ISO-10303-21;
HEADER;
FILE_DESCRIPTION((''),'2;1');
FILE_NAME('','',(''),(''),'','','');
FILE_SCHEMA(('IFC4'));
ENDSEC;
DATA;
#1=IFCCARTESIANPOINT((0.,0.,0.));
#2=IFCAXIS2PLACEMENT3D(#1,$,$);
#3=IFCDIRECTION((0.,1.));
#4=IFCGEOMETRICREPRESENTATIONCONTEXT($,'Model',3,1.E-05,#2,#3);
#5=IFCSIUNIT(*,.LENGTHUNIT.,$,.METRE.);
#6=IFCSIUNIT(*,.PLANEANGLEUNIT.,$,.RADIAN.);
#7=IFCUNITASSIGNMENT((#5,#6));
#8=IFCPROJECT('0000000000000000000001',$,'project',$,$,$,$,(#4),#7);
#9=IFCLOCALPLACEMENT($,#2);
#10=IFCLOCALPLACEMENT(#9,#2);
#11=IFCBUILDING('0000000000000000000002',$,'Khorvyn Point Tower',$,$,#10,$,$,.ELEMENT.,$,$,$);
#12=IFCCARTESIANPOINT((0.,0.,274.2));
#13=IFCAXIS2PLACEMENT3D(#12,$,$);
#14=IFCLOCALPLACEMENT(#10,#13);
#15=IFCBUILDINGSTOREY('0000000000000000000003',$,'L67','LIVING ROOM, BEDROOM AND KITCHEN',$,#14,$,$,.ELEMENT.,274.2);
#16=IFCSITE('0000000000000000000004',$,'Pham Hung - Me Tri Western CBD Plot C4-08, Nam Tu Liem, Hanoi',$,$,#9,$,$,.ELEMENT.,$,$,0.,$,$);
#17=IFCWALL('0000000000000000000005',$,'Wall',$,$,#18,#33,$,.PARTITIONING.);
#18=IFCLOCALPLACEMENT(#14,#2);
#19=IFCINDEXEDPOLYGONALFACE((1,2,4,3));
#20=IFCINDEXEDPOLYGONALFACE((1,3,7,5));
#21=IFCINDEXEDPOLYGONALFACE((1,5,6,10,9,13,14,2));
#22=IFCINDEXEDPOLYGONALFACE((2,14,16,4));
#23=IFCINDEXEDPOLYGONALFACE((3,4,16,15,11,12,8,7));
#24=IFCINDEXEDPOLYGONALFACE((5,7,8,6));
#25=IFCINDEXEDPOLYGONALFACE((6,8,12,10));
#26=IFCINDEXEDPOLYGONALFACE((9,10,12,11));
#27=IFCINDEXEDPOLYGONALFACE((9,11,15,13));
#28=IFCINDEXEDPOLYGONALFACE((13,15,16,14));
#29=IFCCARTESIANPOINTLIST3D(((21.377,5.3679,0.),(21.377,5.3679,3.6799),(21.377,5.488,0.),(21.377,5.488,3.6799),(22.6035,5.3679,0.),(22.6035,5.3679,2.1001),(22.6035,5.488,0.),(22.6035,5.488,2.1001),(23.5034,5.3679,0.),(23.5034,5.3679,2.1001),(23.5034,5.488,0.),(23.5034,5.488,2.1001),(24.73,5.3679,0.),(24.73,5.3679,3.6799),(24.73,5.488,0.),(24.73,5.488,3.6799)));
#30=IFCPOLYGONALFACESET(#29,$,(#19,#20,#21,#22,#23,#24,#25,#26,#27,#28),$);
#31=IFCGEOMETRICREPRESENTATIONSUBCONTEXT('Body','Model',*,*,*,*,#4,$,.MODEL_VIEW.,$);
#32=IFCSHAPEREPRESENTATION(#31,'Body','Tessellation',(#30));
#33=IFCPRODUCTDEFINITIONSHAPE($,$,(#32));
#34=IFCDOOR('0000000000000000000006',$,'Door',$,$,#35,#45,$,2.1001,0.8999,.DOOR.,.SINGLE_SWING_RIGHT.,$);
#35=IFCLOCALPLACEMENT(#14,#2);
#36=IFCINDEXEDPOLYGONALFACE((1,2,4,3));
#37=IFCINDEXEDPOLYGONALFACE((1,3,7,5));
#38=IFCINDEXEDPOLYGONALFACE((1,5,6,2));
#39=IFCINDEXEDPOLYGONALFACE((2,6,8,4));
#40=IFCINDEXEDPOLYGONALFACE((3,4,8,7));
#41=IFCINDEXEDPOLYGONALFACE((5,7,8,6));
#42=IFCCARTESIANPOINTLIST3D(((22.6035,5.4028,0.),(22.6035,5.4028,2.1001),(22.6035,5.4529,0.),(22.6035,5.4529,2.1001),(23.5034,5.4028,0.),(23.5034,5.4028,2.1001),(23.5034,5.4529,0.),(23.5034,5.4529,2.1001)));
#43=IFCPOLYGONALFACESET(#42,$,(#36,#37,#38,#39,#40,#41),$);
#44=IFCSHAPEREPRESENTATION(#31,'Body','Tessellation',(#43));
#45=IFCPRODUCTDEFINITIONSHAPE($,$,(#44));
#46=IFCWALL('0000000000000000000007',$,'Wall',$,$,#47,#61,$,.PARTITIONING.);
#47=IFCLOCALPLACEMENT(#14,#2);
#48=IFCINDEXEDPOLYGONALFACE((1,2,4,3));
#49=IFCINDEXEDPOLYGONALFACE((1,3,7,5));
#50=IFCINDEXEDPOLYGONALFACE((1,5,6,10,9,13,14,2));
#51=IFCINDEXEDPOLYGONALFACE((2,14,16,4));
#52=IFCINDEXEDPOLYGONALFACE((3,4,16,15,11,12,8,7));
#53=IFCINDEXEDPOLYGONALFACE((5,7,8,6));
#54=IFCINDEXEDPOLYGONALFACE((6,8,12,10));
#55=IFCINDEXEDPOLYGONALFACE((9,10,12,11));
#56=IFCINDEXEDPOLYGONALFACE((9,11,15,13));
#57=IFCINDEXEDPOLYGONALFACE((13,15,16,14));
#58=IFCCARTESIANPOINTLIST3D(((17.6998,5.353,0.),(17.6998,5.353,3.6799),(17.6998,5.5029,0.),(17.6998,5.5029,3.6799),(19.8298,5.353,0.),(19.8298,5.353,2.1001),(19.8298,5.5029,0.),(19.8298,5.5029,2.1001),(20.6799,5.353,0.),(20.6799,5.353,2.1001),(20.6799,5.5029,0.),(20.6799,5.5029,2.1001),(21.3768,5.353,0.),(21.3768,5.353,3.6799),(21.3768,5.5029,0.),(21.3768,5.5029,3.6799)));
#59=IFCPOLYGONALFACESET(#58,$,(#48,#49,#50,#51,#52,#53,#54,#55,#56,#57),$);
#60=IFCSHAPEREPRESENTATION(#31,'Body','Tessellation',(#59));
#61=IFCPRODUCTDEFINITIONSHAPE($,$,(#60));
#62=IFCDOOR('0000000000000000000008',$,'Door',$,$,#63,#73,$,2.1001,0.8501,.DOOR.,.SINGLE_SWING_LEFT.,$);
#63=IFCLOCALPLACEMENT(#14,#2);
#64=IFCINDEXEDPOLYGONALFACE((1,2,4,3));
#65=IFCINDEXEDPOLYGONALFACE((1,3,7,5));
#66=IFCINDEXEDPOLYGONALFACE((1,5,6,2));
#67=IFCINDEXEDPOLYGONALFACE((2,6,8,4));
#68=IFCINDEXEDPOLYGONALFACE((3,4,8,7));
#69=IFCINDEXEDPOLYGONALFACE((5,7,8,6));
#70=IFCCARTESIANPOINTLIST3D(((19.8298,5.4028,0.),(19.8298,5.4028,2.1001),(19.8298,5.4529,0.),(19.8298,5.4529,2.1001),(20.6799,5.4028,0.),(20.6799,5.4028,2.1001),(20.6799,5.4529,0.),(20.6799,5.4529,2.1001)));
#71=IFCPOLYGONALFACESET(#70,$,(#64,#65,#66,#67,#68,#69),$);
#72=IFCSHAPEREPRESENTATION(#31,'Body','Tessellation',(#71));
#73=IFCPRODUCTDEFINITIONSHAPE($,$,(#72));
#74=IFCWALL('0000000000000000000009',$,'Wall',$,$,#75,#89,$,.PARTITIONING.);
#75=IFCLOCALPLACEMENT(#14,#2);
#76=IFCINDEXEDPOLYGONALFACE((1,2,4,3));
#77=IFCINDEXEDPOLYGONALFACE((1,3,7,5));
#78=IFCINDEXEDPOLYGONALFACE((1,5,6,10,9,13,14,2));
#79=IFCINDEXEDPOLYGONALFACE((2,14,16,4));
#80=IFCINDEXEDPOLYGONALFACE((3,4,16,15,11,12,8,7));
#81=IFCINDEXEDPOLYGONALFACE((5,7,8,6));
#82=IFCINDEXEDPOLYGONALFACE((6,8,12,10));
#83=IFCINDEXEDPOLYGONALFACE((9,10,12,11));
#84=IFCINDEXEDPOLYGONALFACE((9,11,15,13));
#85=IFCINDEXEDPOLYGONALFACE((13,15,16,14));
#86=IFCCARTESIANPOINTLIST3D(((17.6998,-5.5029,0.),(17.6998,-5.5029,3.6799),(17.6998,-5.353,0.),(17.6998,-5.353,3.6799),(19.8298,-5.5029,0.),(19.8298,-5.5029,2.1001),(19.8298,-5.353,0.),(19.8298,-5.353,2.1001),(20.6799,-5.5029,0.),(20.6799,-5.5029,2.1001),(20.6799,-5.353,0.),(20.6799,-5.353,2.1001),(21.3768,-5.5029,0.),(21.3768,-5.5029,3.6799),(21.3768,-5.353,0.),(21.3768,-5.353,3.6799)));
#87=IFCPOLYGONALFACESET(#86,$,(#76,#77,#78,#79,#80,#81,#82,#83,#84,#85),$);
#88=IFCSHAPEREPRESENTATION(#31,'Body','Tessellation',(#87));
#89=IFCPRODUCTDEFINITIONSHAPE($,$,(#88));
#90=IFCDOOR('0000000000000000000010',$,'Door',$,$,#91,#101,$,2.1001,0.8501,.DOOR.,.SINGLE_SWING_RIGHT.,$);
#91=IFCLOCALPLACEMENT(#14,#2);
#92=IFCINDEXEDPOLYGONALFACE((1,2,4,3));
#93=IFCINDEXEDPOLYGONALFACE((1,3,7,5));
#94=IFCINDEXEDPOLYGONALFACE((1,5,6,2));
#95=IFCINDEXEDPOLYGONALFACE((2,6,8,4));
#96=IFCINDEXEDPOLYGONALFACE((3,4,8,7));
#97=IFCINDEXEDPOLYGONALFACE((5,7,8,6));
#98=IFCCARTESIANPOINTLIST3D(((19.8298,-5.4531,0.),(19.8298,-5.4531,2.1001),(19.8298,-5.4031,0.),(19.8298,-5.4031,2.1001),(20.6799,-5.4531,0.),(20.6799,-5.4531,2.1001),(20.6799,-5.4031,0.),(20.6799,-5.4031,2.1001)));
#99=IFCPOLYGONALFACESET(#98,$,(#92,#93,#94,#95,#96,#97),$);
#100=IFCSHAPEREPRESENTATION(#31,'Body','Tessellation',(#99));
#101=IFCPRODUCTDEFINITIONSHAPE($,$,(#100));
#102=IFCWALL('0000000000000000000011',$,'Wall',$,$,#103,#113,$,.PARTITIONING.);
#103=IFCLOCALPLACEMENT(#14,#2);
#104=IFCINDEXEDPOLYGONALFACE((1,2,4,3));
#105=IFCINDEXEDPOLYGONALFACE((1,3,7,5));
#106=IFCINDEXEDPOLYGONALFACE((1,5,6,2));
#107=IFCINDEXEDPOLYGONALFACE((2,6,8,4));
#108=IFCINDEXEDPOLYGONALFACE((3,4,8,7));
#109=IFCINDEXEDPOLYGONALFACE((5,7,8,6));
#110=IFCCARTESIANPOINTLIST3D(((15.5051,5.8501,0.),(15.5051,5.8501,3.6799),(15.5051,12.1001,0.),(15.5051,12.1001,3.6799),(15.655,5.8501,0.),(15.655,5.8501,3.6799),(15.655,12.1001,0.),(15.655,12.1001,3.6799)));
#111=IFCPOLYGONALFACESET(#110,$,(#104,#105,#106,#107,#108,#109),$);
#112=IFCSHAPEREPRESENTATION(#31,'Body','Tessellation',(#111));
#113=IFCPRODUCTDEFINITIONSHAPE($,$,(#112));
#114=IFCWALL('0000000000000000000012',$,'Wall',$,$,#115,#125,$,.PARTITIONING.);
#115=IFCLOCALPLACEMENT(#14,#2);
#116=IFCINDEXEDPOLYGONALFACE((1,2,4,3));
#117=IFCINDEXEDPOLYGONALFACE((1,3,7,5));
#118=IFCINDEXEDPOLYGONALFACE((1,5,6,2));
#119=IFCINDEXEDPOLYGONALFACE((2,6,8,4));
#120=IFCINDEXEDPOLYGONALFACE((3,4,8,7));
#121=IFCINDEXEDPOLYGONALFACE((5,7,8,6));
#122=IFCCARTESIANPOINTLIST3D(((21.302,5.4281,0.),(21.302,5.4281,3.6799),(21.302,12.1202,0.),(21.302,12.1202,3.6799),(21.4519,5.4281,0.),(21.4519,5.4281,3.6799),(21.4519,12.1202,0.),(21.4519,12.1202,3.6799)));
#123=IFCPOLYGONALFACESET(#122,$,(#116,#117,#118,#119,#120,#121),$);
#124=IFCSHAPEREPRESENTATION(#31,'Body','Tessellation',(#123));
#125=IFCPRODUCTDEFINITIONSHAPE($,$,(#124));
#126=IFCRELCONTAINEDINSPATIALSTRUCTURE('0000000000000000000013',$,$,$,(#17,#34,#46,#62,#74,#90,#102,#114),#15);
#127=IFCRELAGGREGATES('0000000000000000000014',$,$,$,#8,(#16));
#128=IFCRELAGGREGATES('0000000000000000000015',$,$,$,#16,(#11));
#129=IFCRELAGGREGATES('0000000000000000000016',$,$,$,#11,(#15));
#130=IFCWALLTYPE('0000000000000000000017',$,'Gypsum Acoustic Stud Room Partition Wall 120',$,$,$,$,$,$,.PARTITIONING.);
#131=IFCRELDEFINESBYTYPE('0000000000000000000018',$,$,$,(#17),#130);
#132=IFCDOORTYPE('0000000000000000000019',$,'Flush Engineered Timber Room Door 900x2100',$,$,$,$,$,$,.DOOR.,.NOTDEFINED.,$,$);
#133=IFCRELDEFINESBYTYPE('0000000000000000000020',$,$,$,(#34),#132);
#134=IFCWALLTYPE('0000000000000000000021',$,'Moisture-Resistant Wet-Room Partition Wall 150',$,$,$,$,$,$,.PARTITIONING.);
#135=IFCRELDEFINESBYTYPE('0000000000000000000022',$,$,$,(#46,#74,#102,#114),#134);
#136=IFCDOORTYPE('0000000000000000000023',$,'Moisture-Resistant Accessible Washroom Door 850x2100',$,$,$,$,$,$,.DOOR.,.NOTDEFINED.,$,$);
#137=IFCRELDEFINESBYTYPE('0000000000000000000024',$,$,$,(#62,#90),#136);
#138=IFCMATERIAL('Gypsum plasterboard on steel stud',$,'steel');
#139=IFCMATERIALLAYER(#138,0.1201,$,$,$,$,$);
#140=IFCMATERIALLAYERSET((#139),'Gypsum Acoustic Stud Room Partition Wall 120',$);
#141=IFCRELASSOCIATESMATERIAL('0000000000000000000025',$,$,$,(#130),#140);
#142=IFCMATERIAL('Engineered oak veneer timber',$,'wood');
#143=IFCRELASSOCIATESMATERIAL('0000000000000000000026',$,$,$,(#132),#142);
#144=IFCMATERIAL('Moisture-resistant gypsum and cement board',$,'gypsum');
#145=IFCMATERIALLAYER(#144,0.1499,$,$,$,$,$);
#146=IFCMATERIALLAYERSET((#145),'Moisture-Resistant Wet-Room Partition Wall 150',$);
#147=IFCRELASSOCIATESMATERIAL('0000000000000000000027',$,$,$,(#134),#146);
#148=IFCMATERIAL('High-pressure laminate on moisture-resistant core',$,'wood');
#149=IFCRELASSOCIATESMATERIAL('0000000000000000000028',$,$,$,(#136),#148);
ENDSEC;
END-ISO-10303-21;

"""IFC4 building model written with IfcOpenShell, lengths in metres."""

from ifc_helpers import new_model, si_unit, direction, frame, frame_2d, origin, place, context, subcontext, project, spatial, rectangle, extrude, material, layer, layer_set, type_object, element, fill, save


model = new_model("IFC4")

# Units and contexts
model_context = context("Model", 3, precision=1e-05, world=origin(), true_north=direction((0.0, 1.0)))
body_context = subcontext(model_context, "Body", "Model", "MODEL_VIEW")
ifc_project = project(units=[si_unit("LENGTHUNIT", "METRE"), si_unit("PLANEANGLEUNIT", "RADIAN")], contexts=[model_context])

# Site, building, storey
site_placement = place(None, origin())
site = spatial("IfcSite", under=ifc_project, at=site_placement, Name="Pham Hung - Me Tri Western CBD Plot C4-08, Nam Tu Liem, Hanoi", CompositionType="ELEMENT", RefElevation=0.0)
building_placement = place(site_placement, origin())
building = spatial("IfcBuilding", under=site, at=building_placement, Name="Khorvyn Point Tower", CompositionType="ELEMENT")
storey_placement = place(building_placement, frame((0.0, 0.0, 274.2)))
storey = spatial("IfcBuildingStorey", under=building, at=storey_placement, Name="L67", Description="LIVING ROOM, BEDROOM AND KITCHEN", CompositionType="ELEMENT", Elevation=274.2)

# Walls, openings, doors
ifc_material_1 = material(Name="Gypsum plasterboard on steel stud", Category="steel")
ifc_layer_1 = layer(ifc_material_1, 0.1201)
ifc_layer_set_1 = layer_set([ifc_layer_1], Name="Gypsum Acoustic Stud Room Partition Wall 120")
wall_type_1 = type_object("IfcWallType", Name="Gypsum Acoustic Stud Room Partition Wall 120", PredefinedType="PARTITIONING", material=ifc_layer_set_1)
ifc_material_2 = material(Name="Engineered oak veneer timber", Category="wood")
door_type_1 = type_object("IfcDoorType", Name="Flush Engineered Timber Room Door 900x2100", OperationType="NOTDEFINED", PredefinedType="DOOR", material=ifc_material_2)
wall_1_placement = place(storey_placement, frame((21.377, 5.428, 0.0), z_axis=(0.0, 0.0, 1.0), x_axis=(1.0, 0.0, 0.0)))
wall_1 = element("IfcWall", 1, at=wall_1_placement, inside=storey, type_object=wall_type_1, Name="Wall", PredefinedType="PARTITIONING", context=body_context, shape_type="SweptSolid", body=[
    extrude(rectangle(XDim=3.353, YDim=0.1201, at=frame_2d((1.6765, 0.0))), origin(), (0.0, 0.0, 1.0), 3.6799),
])
opening_1_placement = place(wall_1_placement, frame((1.2266, 0.0, 0.0)))
opening_1 = element("IfcOpeningElement", 2, at=opening_1_placement, cuts=wall_1, PredefinedType="OPENING", context=body_context, shape_type="SweptSolid", body=[
    extrude(rectangle(XDim=0.8999, YDim=2.1001, at=frame_2d((0.45, 1.05))), frame((0.0, 0.0701, 0.0), z_axis=(0.0, -1.0, 0.0), x_axis=(1.0, 0.0, 0.0)), (0.0, 0.0, 1.0), 0.1401),
])
door_1_placement = place(opening_1_placement, origin())
door_1 = element("IfcDoor", 3, at=door_1_placement, inside=storey, type_object=door_type_1, Name="Door", OperationType="SINGLE_SWING_RIGHT", OverallHeight=2.1001, OverallWidth=0.8999, PredefinedType="DOOR", context=body_context, shape_type="SweptSolid", body=[
    extrude(rectangle(XDim=0.8999, YDim=2.1001, at=frame_2d((0.45, 1.05))), frame((0.0, 0.0249, 0.0), z_axis=(0.0, -1.0, 0.0), x_axis=(1.0, 0.0, 0.0)), (0.0, 0.0, 1.0), 0.05),
])
fill(opening_1, door_1)
ifc_material_3 = material(Name="Moisture-resistant gypsum and cement board", Category="gypsum")
ifc_layer_2 = layer(ifc_material_3, 0.1499)
ifc_layer_set_2 = layer_set([ifc_layer_2], Name="Moisture-Resistant Wet-Room Partition Wall 150")
wall_type_2 = type_object("IfcWallType", Name="Moisture-Resistant Wet-Room Partition Wall 150", PredefinedType="PARTITIONING", material=ifc_layer_set_2)
wall_2_placement = place(storey_placement, frame((17.7, 5.428, 0.0), z_axis=(0.0, 0.0, 1.0), x_axis=(1.0, 0.0, 0.0)))
wall_2 = element("IfcWall", 4, at=wall_2_placement, inside=storey, type_object=wall_type_2, Name="Wall", PredefinedType="PARTITIONING", context=body_context, shape_type="SweptSolid", body=[
    extrude(rectangle(XDim=3.677, YDim=0.1499, at=frame_2d((1.8384, 0.0))), origin(), (0.0, 0.0, 1.0), 3.6799),
])
opening_2_placement = place(wall_2_placement, frame((2.1299, 0.0, 0.0)))
opening_2 = element("IfcOpeningElement", 5, at=opening_2_placement, cuts=wall_2, PredefinedType="OPENING", context=body_context, shape_type="SweptSolid", body=[
    extrude(rectangle(XDim=0.8501, YDim=2.1001, at=frame_2d((0.425, 1.05))), frame((0.0, 0.085, 0.0), z_axis=(0.0, -1.0, 0.0), x_axis=(1.0, 0.0, 0.0)), (0.0, 0.0, 1.0), 0.1699),
])
ifc_material_4 = material(Name="High-pressure laminate on moisture-resistant core", Category="wood")
door_type_2 = type_object("IfcDoorType", Name="Moisture-Resistant Accessible Washroom Door 850x2100", OperationType="NOTDEFINED", PredefinedType="DOOR", material=ifc_material_4)
door_2_placement = place(opening_2_placement, origin())
door_2 = element("IfcDoor", 6, at=door_2_placement, inside=storey, type_object=door_type_2, Name="Door", OperationType="SINGLE_SWING_LEFT", OverallHeight=2.1001, OverallWidth=0.8501, PredefinedType="DOOR", context=body_context, shape_type="SweptSolid", body=[
    extrude(rectangle(XDim=0.8501, YDim=2.1001, at=frame_2d((0.425, 1.05))), frame((0.0, 0.0249, 0.0), z_axis=(0.0, -1.0, 0.0), x_axis=(1.0, 0.0, 0.0)), (0.0, 0.0, 1.0), 0.05),
])
fill(opening_2, door_2)
wall_3_placement = place(storey_placement, frame((17.7, -5.428, 0.0), z_axis=(0.0, 0.0, 1.0), x_axis=(1.0, 0.0, 0.0)))
wall_3 = element("IfcWall", 7, at=wall_3_placement, inside=storey, type_object=wall_type_2, Name="Wall", PredefinedType="PARTITIONING", context=body_context, shape_type="SweptSolid", body=[
    extrude(rectangle(XDim=3.677, YDim=0.1499, at=frame_2d((1.8384, 0.0))), origin(), (0.0, 0.0, 1.0), 3.6799),
])
opening_3_placement = place(wall_3_placement, frame((2.1299, 0.0, 0.0)))
opening_3 = element("IfcOpeningElement", 8, at=opening_3_placement, cuts=wall_3, PredefinedType="OPENING", context=body_context, shape_type="SweptSolid", body=[
    extrude(rectangle(XDim=0.8501, YDim=2.1001, at=frame_2d((0.425, 1.05))), frame((0.0, 0.085, 0.0), z_axis=(0.0, -1.0, 0.0), x_axis=(1.0, 0.0, 0.0)), (0.0, 0.0, 1.0), 0.1699),
])
door_3_placement = place(opening_3_placement, origin())
door_3 = element("IfcDoor", 9, at=door_3_placement, inside=storey, type_object=door_type_2, Name="Door", OperationType="SINGLE_SWING_RIGHT", OverallHeight=2.1001, OverallWidth=0.8501, PredefinedType="DOOR", context=body_context, shape_type="SweptSolid", body=[
    extrude(rectangle(XDim=0.8501, YDim=2.1001, at=frame_2d((0.425, 1.05))), frame((0.0, 0.0249, 0.0), z_axis=(0.0, -1.0, 0.0), x_axis=(1.0, 0.0, 0.0)), (0.0, 0.0, 1.0), 0.05),
])
fill(opening_3, door_3)

# Walls
wall_4_placement = place(storey_placement, frame((15.5801, 5.8501, 0.0), z_axis=(0.0, 0.0, 1.0), x_axis=(0.0, 1.0, 0.0)))
element("IfcWall", 10, at=wall_4_placement, inside=storey, type_object=wall_type_2, Name="Wall", PredefinedType="PARTITIONING", context=body_context, shape_type="SweptSolid", body=[
    extrude(rectangle(XDim=6.25, YDim=0.1499, at=frame_2d((3.125, 0.0))), origin(), (0.0, 0.0, 1.0), 3.6799),
])
wall_5_placement = place(storey_placement, frame((21.377, 5.428, 0.0), z_axis=(0.0, 0.0, 1.0), x_axis=(0.0, 1.0, 0.0)))
element("IfcWall", 11, at=wall_5_placement, inside=storey, type_object=wall_type_2, Name="Wall", PredefinedType="PARTITIONING", context=body_context, shape_type="SweptSolid", body=[
    extrude(rectangle(XDim=6.6921, YDim=0.1499, at=frame_2d((3.3462, 0.0))), origin(), (0.0, 0.0, 1.0), 3.6799),
])

save(model, "model.ifc")
